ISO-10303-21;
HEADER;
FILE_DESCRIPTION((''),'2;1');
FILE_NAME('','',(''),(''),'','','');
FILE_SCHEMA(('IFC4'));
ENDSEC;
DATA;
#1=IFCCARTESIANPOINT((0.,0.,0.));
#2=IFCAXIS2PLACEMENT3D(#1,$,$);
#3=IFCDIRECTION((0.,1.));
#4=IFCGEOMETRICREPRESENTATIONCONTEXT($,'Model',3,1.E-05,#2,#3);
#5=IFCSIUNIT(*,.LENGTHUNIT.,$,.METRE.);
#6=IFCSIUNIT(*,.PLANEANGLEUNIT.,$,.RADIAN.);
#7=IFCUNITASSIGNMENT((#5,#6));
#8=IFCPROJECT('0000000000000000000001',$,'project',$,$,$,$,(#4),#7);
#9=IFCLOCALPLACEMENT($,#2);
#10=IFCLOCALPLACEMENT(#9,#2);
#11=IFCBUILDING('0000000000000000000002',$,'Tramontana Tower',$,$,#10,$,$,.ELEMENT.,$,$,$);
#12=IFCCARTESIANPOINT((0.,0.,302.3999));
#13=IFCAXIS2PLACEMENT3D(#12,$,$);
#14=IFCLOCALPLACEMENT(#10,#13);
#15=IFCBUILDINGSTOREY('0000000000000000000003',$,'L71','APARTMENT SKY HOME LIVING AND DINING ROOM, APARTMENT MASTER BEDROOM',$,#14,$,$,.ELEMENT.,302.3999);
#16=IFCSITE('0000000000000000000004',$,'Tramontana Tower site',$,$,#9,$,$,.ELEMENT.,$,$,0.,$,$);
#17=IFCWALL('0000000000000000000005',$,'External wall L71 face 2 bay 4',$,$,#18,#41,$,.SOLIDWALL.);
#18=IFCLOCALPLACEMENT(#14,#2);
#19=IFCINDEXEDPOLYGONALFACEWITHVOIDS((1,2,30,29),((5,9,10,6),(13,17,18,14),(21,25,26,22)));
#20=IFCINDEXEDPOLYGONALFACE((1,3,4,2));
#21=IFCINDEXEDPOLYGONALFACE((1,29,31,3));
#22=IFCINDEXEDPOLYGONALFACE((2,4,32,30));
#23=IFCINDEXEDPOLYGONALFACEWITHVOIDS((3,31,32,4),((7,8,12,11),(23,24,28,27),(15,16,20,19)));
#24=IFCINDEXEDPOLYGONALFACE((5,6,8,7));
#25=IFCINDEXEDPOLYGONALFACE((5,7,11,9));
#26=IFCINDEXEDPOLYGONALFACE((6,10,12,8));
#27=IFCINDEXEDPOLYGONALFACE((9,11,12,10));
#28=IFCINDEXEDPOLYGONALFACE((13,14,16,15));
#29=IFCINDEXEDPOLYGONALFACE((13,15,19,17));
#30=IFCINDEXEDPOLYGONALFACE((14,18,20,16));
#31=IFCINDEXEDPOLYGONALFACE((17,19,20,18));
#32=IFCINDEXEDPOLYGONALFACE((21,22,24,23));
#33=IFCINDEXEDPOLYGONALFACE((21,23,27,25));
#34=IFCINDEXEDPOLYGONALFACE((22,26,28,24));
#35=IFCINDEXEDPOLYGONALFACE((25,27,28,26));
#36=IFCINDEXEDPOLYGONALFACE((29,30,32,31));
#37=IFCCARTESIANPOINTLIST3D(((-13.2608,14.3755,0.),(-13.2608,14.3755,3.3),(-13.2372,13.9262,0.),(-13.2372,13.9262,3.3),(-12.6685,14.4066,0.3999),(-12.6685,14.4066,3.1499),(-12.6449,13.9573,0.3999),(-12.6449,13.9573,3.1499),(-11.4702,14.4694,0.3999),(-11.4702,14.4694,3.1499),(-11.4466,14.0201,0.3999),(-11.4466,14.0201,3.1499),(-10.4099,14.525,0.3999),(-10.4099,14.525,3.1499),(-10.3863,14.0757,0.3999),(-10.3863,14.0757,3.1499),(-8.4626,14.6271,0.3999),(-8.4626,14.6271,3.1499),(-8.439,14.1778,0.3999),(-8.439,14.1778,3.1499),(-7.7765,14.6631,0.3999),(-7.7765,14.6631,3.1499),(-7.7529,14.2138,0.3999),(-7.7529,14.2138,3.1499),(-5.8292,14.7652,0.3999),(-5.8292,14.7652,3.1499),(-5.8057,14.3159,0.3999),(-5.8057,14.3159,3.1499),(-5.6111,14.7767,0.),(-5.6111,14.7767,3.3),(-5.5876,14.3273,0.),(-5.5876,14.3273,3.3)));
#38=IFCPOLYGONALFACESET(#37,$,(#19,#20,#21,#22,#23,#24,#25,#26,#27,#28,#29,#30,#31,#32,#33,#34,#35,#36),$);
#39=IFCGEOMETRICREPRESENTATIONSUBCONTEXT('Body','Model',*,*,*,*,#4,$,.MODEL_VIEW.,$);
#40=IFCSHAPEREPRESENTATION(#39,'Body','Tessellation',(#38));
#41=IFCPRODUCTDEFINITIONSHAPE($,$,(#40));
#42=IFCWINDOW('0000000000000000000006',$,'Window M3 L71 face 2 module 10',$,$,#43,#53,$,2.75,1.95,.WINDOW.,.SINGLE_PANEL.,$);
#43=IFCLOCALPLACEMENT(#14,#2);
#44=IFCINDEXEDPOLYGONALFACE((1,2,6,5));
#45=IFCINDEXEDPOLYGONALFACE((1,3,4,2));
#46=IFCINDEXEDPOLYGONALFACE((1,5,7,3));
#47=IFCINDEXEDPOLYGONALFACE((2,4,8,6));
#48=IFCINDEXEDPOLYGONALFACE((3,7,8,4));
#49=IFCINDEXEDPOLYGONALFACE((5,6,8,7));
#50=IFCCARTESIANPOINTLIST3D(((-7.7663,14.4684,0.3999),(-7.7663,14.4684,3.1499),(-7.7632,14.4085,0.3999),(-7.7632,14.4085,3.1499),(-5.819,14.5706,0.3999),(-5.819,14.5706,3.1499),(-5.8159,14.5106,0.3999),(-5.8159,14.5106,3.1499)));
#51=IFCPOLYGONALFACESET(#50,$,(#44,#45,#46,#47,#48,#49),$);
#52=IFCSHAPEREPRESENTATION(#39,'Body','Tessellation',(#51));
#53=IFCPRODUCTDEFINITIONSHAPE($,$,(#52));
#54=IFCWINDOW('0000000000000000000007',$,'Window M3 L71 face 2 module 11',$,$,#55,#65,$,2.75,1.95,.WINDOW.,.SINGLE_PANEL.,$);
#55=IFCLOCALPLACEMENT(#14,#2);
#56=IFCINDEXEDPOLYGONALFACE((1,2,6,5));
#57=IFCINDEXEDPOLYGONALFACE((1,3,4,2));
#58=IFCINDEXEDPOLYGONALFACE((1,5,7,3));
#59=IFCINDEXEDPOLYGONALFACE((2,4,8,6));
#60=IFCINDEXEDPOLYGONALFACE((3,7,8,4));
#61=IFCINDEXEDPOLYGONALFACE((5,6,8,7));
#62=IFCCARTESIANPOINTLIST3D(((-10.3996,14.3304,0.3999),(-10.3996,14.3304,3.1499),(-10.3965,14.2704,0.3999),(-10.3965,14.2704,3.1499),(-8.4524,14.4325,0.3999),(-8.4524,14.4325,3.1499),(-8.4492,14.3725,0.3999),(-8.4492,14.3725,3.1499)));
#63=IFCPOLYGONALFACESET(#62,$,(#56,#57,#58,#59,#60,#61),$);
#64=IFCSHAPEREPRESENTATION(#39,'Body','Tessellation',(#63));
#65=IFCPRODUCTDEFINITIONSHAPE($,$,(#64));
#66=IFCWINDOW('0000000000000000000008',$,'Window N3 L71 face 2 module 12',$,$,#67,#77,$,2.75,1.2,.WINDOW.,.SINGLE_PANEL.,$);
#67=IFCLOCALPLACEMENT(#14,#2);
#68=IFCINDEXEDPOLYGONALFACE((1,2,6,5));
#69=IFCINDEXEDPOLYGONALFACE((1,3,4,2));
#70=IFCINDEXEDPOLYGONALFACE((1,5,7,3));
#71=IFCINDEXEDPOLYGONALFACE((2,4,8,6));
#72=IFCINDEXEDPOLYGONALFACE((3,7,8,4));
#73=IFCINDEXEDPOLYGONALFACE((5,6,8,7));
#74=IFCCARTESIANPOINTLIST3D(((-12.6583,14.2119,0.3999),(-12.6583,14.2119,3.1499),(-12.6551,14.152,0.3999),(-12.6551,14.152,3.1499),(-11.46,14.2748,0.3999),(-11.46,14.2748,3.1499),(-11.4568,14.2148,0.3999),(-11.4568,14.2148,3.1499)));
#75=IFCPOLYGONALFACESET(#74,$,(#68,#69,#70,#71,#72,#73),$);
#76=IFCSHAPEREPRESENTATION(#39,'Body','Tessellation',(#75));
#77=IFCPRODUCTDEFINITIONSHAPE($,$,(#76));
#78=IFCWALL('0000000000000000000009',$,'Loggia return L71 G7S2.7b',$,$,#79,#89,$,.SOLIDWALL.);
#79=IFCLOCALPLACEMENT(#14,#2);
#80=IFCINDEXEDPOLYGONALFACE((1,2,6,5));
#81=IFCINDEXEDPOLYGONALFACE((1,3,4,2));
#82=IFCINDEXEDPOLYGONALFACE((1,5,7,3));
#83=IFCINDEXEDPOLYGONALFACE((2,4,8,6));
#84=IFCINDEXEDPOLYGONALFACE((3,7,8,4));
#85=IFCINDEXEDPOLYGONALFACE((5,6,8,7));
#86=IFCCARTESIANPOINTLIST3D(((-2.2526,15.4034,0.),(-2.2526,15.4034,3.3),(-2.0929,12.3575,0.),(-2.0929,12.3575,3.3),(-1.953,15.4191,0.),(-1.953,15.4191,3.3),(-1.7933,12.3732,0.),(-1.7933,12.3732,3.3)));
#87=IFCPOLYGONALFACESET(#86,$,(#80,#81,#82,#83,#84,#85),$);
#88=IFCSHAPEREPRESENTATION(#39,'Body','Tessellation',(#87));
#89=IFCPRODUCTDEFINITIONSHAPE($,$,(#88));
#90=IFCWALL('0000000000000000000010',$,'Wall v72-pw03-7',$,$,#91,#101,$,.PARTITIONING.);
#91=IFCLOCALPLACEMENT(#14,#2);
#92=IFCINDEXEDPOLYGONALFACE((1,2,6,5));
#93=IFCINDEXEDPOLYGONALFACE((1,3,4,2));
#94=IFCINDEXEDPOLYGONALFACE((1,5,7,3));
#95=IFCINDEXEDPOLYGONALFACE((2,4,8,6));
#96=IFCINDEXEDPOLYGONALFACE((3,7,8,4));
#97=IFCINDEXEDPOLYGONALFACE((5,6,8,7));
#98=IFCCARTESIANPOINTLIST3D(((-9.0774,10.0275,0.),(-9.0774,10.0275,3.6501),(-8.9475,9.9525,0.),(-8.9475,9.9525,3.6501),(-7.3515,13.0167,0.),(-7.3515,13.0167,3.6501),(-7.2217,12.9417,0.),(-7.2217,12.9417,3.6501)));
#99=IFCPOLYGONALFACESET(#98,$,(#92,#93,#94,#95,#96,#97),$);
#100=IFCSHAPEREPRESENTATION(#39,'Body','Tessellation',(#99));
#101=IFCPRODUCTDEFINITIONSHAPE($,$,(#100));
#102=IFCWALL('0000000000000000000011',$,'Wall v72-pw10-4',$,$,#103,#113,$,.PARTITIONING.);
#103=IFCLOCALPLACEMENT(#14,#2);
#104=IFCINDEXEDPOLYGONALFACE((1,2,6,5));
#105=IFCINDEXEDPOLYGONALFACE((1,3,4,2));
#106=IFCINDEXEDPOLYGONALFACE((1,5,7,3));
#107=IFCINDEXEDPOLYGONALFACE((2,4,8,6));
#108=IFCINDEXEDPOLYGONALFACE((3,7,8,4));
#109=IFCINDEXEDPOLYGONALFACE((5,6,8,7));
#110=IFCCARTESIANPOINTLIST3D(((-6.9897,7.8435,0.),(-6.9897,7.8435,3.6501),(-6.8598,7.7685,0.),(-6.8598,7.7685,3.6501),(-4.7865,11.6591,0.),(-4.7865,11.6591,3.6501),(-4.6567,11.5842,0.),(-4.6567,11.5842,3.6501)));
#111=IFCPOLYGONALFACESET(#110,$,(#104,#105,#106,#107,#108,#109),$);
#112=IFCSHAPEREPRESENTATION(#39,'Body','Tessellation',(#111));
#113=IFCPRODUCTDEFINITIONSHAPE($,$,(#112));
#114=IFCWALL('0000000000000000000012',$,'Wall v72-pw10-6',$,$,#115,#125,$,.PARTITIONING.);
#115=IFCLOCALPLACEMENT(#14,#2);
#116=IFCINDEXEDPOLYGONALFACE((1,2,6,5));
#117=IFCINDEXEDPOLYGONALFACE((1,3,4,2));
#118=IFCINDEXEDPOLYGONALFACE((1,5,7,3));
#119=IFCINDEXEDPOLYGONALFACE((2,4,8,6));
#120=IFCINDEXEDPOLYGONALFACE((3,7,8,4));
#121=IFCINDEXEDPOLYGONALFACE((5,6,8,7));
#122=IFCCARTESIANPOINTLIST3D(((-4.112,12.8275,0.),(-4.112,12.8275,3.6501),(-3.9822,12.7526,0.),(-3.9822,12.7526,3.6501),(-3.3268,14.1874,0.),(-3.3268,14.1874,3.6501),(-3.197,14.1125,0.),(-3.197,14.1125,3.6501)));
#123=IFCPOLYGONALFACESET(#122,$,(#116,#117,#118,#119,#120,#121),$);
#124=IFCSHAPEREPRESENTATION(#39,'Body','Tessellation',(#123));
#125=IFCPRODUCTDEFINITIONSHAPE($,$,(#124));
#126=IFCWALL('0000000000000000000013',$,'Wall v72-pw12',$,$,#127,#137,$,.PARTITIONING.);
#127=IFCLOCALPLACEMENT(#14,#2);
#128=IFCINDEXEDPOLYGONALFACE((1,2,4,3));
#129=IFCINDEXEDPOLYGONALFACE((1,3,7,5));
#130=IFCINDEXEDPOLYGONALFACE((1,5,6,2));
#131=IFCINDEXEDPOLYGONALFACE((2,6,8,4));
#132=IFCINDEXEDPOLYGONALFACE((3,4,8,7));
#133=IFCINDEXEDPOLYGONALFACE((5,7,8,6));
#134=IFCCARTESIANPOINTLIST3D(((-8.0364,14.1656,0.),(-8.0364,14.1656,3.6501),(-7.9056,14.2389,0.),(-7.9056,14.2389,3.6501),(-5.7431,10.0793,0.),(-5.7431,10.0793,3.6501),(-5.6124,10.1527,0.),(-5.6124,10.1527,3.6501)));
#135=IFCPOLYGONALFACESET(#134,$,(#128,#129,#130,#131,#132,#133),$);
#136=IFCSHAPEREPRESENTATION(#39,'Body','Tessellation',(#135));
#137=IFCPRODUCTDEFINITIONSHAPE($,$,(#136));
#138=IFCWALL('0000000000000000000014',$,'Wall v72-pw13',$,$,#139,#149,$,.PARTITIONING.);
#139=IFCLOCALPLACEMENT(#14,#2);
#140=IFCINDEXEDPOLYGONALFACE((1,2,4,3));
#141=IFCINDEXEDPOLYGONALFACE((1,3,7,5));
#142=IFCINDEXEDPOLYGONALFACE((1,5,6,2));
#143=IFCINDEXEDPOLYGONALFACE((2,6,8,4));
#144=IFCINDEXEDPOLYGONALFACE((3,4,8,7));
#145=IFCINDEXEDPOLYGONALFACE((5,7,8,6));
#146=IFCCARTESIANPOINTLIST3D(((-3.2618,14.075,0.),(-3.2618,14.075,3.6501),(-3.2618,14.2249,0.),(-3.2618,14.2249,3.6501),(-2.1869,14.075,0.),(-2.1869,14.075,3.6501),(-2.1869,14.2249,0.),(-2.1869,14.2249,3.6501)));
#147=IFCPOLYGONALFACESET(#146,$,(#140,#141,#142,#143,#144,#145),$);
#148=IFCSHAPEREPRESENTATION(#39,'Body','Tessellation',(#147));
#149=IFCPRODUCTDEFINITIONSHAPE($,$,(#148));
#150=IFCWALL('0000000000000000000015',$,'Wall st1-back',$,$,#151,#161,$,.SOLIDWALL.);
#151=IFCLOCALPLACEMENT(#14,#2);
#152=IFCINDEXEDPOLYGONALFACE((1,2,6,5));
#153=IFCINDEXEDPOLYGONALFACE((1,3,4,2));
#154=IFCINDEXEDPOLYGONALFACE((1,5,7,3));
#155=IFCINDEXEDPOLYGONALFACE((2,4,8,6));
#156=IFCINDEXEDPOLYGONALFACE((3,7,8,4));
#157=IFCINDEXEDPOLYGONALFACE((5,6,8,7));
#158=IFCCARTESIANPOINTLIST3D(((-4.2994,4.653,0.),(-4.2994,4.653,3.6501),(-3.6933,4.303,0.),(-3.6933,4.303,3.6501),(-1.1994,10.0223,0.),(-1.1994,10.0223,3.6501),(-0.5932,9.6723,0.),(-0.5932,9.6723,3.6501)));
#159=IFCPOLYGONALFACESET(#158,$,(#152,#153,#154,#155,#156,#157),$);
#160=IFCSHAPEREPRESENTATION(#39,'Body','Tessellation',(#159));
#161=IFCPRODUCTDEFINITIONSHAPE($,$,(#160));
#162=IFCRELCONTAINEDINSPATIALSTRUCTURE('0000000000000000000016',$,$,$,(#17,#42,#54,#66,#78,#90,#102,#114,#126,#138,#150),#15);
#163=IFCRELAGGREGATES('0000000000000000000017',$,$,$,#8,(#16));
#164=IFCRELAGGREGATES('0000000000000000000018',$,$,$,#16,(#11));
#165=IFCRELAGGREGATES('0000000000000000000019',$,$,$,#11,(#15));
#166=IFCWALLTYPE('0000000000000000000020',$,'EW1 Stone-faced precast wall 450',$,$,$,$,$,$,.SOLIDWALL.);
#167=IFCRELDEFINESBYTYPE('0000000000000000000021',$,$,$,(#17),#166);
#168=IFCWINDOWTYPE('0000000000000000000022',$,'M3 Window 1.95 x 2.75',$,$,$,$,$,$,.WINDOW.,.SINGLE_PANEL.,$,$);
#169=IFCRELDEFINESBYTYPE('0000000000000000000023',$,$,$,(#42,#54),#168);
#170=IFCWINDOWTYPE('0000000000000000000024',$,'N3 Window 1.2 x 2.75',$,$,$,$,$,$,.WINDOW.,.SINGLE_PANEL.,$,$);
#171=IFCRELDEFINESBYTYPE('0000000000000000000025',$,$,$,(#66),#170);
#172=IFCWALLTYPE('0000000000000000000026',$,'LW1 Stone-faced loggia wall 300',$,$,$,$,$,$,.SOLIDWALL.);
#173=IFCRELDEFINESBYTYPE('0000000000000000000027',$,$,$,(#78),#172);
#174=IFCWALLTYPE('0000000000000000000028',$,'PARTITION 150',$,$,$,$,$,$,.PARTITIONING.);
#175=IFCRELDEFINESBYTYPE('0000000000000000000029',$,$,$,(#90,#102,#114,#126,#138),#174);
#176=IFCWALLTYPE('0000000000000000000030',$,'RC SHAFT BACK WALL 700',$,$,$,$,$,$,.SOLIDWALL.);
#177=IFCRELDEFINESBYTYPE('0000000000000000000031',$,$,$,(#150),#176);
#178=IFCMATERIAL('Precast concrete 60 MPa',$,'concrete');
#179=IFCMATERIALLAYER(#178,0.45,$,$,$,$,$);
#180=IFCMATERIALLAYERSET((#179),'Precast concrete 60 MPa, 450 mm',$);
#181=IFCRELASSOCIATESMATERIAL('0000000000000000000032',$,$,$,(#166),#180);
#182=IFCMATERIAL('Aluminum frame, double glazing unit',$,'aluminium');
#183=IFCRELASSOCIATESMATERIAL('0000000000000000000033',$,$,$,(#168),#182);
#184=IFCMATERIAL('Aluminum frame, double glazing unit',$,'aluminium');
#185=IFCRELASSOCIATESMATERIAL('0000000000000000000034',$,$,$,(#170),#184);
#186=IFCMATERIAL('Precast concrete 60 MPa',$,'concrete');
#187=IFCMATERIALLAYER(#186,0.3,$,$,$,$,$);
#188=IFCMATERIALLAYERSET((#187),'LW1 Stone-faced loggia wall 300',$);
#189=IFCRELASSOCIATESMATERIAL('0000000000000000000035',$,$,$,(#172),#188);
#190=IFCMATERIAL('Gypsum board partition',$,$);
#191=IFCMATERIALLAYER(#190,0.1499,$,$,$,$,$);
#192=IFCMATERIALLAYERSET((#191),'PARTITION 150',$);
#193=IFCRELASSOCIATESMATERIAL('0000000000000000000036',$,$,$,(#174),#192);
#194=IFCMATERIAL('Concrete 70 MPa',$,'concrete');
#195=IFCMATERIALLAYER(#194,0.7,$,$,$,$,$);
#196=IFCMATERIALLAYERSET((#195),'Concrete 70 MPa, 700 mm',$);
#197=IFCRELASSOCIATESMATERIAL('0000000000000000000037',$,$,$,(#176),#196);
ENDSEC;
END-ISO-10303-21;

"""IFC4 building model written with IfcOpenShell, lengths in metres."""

from ifc_helpers import new_model, si_unit, direction, frame, frame_2d, origin, place, context, subcontext, project, spatial, rectangle, extrude, material, layer, layer_set, type_object, element, fill, save


model = new_model("IFC4")

# Units and contexts
model_context = context("Model", 3, precision=1e-05, world=origin(), true_north=direction((0.0, 1.0)))
body_context = subcontext(model_context, "Body", "Model", "MODEL_VIEW")
ifc_project = project(units=[si_unit("LENGTHUNIT", "METRE"), si_unit("PLANEANGLEUNIT", "RADIAN")], contexts=[model_context])

# Site, building, storey
site_placement = place(None, origin())
site = spatial("IfcSite", under=ifc_project, at=site_placement, Name="Tramontana Tower site", CompositionType="ELEMENT", RefElevation=0.0)
building_placement = place(site_placement, origin())
building = spatial("IfcBuilding", under=site, at=building_placement, Name="Tramontana Tower", CompositionType="ELEMENT")
storey_placement = place(building_placement, frame((0.0, 0.0, 302.3999)))
storey = spatial("IfcBuildingStorey", under=building, at=storey_placement, Name="L71", Description="APARTMENT SKY HOME LIVING AND DINING ROOM, APARTMENT MASTER BEDROOM", CompositionType="ELEMENT", Elevation=302.3999)

# Shared definitions
ifc_material_1 = material(Name="Precast concrete 60 MPa", Category="concrete")
ifc_layer_1 = layer(ifc_material_1, 0.45)
ifc_layer_set_1 = layer_set([ifc_layer_1], Name="Precast concrete 60 MPa, 450 mm")
wall_type_1 = type_object("IfcWallType", Name="EW1 Stone-faced precast wall 450", PredefinedType="SOLIDWALL", material=ifc_layer_set_1)
ifc_material_2 = material(Name="Aluminum frame, double glazing unit", Category="aluminium")
window_type_1 = type_object("IfcWindowType", Name="M3 Window 1.95 x 2.75", PartitioningType="SINGLE_PANEL", PredefinedType="WINDOW", material=ifc_material_2)

# Wall, openings, windows
wall_1_placement = place(storey_placement, frame((-5.5994, 14.552, 0.0), z_axis=(0.0, 0.0, 1.0), x_axis=(-0.998628, -0.052365, 0.0)))
wall_1 = element("IfcWall", 1, at=wall_1_placement, inside=storey, type_object=wall_type_1, Name="External wall L71 face 2 bay 4", PredefinedType="SOLIDWALL", context=body_context, shape_type="SweptSolid", body=[
    extrude(rectangle(XDim=7.6602, YDim=0.45, at=frame_2d((3.8301, 0.0))), origin(), (0.0, 0.0, 1.0), 3.3),
])
opening_1_placement = place(wall_1_placement, frame((0.2183, 0.0, 0.3999)))
opening_1 = element("IfcOpeningElement", 2, at=opening_1_placement, cuts=wall_1, PredefinedType="OPENING", context=body_context, shape_type="SweptSolid", body=[
    extrude(rectangle(XDim=1.95, YDim=2.75, at=frame_2d((0.9751, 1.375))), frame((0.0, 0.2349, 0.0), z_axis=(0.0, -1.0, 0.0), x_axis=(1.0, 0.0, 0.0)), (0.0, 0.0, 1.0), 0.47),
])
opening_2_placement = place(wall_1_placement, frame((2.8552, 0.0, 0.3999)))
opening_2 = element("IfcOpeningElement", 3, at=opening_2_placement, cuts=wall_1, PredefinedType="OPENING", context=body_context, shape_type="SweptSolid", body=[
    extrude(rectangle(XDim=1.95, YDim=2.75, at=frame_2d((0.9751, 1.375))), frame((0.0, 0.2349, 0.0), z_axis=(0.0, -1.0, 0.0), x_axis=(1.0, 0.0, 0.0)), (0.0, 0.0, 1.0), 0.47),
])
opening_3_placement = place(wall_1_placement, frame((5.8669, 0.0, 0.3999)))
opening_3 = element("IfcOpeningElement", 4, at=opening_3_placement, cuts=wall_1, PredefinedType="OPENING", context=body_context, shape_type="SweptSolid", body=[
    extrude(rectangle(XDim=1.2, YDim=2.75, at=frame_2d((0.6001, 1.375))), frame((0.0, 0.2349, 0.0), z_axis=(0.0, -1.0, 0.0), x_axis=(1.0, 0.0, 0.0)), (0.0, 0.0, 1.0), 0.47),
])
window_1_placement = place(opening_1_placement, origin())
window_1 = element("IfcWindow", 5, at=window_1_placement, inside=storey, type_object=window_type_1, Name="Window M3 L71 face 2 module 10", OverallHeight=2.75, OverallWidth=1.95, PartitioningType="SINGLE_PANEL", PredefinedType="WINDOW", context=body_context, shape_type="SweptSolid", body=[
    extrude(rectangle(XDim=1.95, YDim=2.75, at=frame_2d((0.9751, 1.375))), frame((0.0, 0.03, 0.0), z_axis=(0.0, -1.0, 0.0), x_axis=(1.0, 0.0, 0.0)), (0.0, 0.0, 1.0), 0.0601),
])
fill(opening_1, window_1)
window_2_placement = place(opening_2_placement, origin())
window_2 = element("IfcWindow", 6, at=window_2_placement, inside=storey, type_object=window_type_1, Name="Window M3 L71 face 2 module 11", OverallHeight=2.75, OverallWidth=1.95, PartitioningType="SINGLE_PANEL", PredefinedType="WINDOW", context=body_context, shape_type="SweptSolid", body=[
    extrude(rectangle(XDim=1.95, YDim=2.75, at=frame_2d((0.9751, 1.375))), frame((0.0, 0.03, 0.0), z_axis=(0.0, -1.0, 0.0), x_axis=(1.0, 0.0, 0.0)), (0.0, 0.0, 1.0), 0.0601),
])
fill(opening_2, window_2)
ifc_material_3 = material(Name="Aluminum frame, double glazing unit", Category="aluminium")
window_type_2 = type_object("IfcWindowType", Name="N3 Window 1.2 x 2.75", PartitioningType="SINGLE_PANEL", PredefinedType="WINDOW", material=ifc_material_3)
window_3_placement = place(opening_3_placement, origin())
window_3 = element("IfcWindow", 7, at=window_3_placement, inside=storey, type_object=window_type_2, Name="Window N3 L71 face 2 module 12", OverallHeight=2.75, OverallWidth=1.2, PartitioningType="SINGLE_PANEL", PredefinedType="WINDOW", context=body_context, shape_type="SweptSolid", body=[
    extrude(rectangle(XDim=1.2, YDim=2.75, at=frame_2d((0.6001, 1.375))), frame((0.0, 0.03, 0.0), z_axis=(0.0, -1.0, 0.0), x_axis=(1.0, 0.0, 0.0)), (0.0, 0.0, 1.0), 0.0601),
])
fill(opening_3, window_3)

# Walls
ifc_material_4 = material(Name="Precast concrete 60 MPa", Category="concrete")
ifc_layer_2 = layer(ifc_material_4, 0.3)
ifc_layer_set_2 = layer_set([ifc_layer_2], Name="LW1 Stone-faced loggia wall 300")
wall_type_2 = type_object("IfcWallType", Name="LW1 Stone-faced loggia wall 300", PredefinedType="SOLIDWALL", material=ifc_layer_set_2)
wall_2_placement = place(storey_placement, frame((-2.1028, 15.4111, 0.0), z_axis=(0.0, 0.0, 1.0), x_axis=(0.052349, -0.998629, 0.0)))
element("IfcWall", 8, at=wall_2_placement, inside=storey, type_object=wall_type_2, Name="Loggia return L71 G7S2.7b", PredefinedType="SOLIDWALL", context=body_context, shape_type="SweptSolid", body=[
    extrude(rectangle(XDim=3.05, YDim=0.3, at=frame_2d((1.5249, 0.0))), origin(), (0.0, 0.0, 1.0), 3.3),
])
ifc_material_5 = material(Name="Gypsum board partition")
ifc_layer_3 = layer(ifc_material_5, 0.1499)
ifc_layer_set_3 = layer_set([ifc_layer_3], Name="PARTITION 150")
wall_type_3 = type_object("IfcWallType", Name="PARTITION 150", PredefinedType="PARTITIONING", material=ifc_layer_set_3)
wall_3_placement = place(storey_placement, frame((-9.0125, 9.99, 0.0), z_axis=(0.0, 0.0, 1.0), x_axis=(0.499996, 0.866028, 0.0)))
element("IfcWall", 9, at=wall_3_placement, inside=storey, type_object=wall_type_3, Name="Wall v72-pw03-7", PredefinedType="PARTITIONING", context=body_context, shape_type="SweptSolid", body=[
    extrude(rectangle(XDim=3.4517, YDim=0.1499, at=frame_2d((1.7258, 0.0))), origin(), (0.0, 0.0, 1.0), 3.6501),
])
wall_4_placement = place(storey_placement, frame((-6.9248, 7.8059, 0.0), z_axis=(0.0, 0.0, 1.0), x_axis=(0.500025, 0.866011, 0.0)))
element("IfcWall", 10, at=wall_4_placement, inside=storey, type_object=wall_type_3, Name="Wall v72-pw10-4", PredefinedType="PARTITIONING", context=body_context, shape_type="SweptSolid", body=[
    extrude(rectangle(XDim=4.406, YDim=0.1499, at=frame_2d((2.2031, 0.0))), origin(), (0.0, 0.0, 1.0), 3.6501),
])

# Walls
wall_5_placement = place(storey_placement, frame((-4.0471, 12.79, 0.0), z_axis=(0.0, 0.0, 1.0), x_axis=(0.500019, 0.866015, 0.0)))
element("IfcWall", 11, at=wall_5_placement, inside=storey, type_object=wall_type_3, Name="Wall v72-pw10-6", PredefinedType="PARTITIONING", context=body_context, shape_type="SweptSolid", body=[
    extrude(rectangle(XDim=1.5703, YDim=0.1499, at=frame_2d((0.7852, 0.0))), origin(), (0.0, 0.0, 1.0), 3.6501),
])
wall_6_placement = place(storey_placement, frame((-7.9709, 14.2021, 0.0), z_axis=(0.0, 0.0, 1.0), x_axis=(0.489408, -0.872055, 0.0)))
element("IfcWall", 12, at=wall_6_placement, inside=storey, type_object=wall_type_3, Name="Wall v72-pw12", PredefinedType="PARTITIONING", context=body_context, shape_type="SweptSolid", body=[
    extrude(rectangle(XDim=4.6858, YDim=0.1499, at=frame_2d((2.3428, 0.0))), origin(), (0.0, 0.0, 1.0), 3.6501),
])
wall_7_placement = place(storey_placement, frame((-3.262, 14.1499, 0.0), z_axis=(0.0, 0.0, 1.0), x_axis=(1.0, 0.0, 0.0)))
element("IfcWall", 13, at=wall_7_placement, inside=storey, type_object=wall_type_3, Name="Wall v72-pw13", PredefinedType="PARTITIONING", context=body_context, shape_type="SweptSolid", body=[
    extrude(rectangle(XDim=1.075, YDim=0.1499, at=frame_2d((0.5376, 0.0))), origin(), (0.0, 0.0, 1.0), 3.6501),
])
ifc_material_6 = material(Name="Concrete 70 MPa", Category="concrete")
ifc_layer_4 = layer(ifc_material_6, 0.7)
ifc_layer_set_4 = layer_set([ifc_layer_4], Name="Concrete 70 MPa, 700 mm")
wall_type_4 = type_object("IfcWallType", Name="RC SHAFT BACK WALL 700", PredefinedType="SOLIDWALL", material=ifc_layer_set_4)
wall_8_placement = place(storey_placement, frame((-0.8962, 9.8474, 0.0), z_axis=(0.0, 0.0, 1.0), x_axis=(-0.50001, -0.86602, 0.0)))
element("IfcWall", 14, at=wall_8_placement, inside=storey, type_object=wall_type_4, Name="Wall st1-back", PredefinedType="SOLIDWALL", context=body_context, shape_type="SweptSolid", body=[
    extrude(rectangle(XDim=6.2, YDim=0.7, at=frame_2d((3.1001, 0.0))), origin(), (0.0, 0.0, 1.0), 3.6501),
])

save(model, "model.ifc")
